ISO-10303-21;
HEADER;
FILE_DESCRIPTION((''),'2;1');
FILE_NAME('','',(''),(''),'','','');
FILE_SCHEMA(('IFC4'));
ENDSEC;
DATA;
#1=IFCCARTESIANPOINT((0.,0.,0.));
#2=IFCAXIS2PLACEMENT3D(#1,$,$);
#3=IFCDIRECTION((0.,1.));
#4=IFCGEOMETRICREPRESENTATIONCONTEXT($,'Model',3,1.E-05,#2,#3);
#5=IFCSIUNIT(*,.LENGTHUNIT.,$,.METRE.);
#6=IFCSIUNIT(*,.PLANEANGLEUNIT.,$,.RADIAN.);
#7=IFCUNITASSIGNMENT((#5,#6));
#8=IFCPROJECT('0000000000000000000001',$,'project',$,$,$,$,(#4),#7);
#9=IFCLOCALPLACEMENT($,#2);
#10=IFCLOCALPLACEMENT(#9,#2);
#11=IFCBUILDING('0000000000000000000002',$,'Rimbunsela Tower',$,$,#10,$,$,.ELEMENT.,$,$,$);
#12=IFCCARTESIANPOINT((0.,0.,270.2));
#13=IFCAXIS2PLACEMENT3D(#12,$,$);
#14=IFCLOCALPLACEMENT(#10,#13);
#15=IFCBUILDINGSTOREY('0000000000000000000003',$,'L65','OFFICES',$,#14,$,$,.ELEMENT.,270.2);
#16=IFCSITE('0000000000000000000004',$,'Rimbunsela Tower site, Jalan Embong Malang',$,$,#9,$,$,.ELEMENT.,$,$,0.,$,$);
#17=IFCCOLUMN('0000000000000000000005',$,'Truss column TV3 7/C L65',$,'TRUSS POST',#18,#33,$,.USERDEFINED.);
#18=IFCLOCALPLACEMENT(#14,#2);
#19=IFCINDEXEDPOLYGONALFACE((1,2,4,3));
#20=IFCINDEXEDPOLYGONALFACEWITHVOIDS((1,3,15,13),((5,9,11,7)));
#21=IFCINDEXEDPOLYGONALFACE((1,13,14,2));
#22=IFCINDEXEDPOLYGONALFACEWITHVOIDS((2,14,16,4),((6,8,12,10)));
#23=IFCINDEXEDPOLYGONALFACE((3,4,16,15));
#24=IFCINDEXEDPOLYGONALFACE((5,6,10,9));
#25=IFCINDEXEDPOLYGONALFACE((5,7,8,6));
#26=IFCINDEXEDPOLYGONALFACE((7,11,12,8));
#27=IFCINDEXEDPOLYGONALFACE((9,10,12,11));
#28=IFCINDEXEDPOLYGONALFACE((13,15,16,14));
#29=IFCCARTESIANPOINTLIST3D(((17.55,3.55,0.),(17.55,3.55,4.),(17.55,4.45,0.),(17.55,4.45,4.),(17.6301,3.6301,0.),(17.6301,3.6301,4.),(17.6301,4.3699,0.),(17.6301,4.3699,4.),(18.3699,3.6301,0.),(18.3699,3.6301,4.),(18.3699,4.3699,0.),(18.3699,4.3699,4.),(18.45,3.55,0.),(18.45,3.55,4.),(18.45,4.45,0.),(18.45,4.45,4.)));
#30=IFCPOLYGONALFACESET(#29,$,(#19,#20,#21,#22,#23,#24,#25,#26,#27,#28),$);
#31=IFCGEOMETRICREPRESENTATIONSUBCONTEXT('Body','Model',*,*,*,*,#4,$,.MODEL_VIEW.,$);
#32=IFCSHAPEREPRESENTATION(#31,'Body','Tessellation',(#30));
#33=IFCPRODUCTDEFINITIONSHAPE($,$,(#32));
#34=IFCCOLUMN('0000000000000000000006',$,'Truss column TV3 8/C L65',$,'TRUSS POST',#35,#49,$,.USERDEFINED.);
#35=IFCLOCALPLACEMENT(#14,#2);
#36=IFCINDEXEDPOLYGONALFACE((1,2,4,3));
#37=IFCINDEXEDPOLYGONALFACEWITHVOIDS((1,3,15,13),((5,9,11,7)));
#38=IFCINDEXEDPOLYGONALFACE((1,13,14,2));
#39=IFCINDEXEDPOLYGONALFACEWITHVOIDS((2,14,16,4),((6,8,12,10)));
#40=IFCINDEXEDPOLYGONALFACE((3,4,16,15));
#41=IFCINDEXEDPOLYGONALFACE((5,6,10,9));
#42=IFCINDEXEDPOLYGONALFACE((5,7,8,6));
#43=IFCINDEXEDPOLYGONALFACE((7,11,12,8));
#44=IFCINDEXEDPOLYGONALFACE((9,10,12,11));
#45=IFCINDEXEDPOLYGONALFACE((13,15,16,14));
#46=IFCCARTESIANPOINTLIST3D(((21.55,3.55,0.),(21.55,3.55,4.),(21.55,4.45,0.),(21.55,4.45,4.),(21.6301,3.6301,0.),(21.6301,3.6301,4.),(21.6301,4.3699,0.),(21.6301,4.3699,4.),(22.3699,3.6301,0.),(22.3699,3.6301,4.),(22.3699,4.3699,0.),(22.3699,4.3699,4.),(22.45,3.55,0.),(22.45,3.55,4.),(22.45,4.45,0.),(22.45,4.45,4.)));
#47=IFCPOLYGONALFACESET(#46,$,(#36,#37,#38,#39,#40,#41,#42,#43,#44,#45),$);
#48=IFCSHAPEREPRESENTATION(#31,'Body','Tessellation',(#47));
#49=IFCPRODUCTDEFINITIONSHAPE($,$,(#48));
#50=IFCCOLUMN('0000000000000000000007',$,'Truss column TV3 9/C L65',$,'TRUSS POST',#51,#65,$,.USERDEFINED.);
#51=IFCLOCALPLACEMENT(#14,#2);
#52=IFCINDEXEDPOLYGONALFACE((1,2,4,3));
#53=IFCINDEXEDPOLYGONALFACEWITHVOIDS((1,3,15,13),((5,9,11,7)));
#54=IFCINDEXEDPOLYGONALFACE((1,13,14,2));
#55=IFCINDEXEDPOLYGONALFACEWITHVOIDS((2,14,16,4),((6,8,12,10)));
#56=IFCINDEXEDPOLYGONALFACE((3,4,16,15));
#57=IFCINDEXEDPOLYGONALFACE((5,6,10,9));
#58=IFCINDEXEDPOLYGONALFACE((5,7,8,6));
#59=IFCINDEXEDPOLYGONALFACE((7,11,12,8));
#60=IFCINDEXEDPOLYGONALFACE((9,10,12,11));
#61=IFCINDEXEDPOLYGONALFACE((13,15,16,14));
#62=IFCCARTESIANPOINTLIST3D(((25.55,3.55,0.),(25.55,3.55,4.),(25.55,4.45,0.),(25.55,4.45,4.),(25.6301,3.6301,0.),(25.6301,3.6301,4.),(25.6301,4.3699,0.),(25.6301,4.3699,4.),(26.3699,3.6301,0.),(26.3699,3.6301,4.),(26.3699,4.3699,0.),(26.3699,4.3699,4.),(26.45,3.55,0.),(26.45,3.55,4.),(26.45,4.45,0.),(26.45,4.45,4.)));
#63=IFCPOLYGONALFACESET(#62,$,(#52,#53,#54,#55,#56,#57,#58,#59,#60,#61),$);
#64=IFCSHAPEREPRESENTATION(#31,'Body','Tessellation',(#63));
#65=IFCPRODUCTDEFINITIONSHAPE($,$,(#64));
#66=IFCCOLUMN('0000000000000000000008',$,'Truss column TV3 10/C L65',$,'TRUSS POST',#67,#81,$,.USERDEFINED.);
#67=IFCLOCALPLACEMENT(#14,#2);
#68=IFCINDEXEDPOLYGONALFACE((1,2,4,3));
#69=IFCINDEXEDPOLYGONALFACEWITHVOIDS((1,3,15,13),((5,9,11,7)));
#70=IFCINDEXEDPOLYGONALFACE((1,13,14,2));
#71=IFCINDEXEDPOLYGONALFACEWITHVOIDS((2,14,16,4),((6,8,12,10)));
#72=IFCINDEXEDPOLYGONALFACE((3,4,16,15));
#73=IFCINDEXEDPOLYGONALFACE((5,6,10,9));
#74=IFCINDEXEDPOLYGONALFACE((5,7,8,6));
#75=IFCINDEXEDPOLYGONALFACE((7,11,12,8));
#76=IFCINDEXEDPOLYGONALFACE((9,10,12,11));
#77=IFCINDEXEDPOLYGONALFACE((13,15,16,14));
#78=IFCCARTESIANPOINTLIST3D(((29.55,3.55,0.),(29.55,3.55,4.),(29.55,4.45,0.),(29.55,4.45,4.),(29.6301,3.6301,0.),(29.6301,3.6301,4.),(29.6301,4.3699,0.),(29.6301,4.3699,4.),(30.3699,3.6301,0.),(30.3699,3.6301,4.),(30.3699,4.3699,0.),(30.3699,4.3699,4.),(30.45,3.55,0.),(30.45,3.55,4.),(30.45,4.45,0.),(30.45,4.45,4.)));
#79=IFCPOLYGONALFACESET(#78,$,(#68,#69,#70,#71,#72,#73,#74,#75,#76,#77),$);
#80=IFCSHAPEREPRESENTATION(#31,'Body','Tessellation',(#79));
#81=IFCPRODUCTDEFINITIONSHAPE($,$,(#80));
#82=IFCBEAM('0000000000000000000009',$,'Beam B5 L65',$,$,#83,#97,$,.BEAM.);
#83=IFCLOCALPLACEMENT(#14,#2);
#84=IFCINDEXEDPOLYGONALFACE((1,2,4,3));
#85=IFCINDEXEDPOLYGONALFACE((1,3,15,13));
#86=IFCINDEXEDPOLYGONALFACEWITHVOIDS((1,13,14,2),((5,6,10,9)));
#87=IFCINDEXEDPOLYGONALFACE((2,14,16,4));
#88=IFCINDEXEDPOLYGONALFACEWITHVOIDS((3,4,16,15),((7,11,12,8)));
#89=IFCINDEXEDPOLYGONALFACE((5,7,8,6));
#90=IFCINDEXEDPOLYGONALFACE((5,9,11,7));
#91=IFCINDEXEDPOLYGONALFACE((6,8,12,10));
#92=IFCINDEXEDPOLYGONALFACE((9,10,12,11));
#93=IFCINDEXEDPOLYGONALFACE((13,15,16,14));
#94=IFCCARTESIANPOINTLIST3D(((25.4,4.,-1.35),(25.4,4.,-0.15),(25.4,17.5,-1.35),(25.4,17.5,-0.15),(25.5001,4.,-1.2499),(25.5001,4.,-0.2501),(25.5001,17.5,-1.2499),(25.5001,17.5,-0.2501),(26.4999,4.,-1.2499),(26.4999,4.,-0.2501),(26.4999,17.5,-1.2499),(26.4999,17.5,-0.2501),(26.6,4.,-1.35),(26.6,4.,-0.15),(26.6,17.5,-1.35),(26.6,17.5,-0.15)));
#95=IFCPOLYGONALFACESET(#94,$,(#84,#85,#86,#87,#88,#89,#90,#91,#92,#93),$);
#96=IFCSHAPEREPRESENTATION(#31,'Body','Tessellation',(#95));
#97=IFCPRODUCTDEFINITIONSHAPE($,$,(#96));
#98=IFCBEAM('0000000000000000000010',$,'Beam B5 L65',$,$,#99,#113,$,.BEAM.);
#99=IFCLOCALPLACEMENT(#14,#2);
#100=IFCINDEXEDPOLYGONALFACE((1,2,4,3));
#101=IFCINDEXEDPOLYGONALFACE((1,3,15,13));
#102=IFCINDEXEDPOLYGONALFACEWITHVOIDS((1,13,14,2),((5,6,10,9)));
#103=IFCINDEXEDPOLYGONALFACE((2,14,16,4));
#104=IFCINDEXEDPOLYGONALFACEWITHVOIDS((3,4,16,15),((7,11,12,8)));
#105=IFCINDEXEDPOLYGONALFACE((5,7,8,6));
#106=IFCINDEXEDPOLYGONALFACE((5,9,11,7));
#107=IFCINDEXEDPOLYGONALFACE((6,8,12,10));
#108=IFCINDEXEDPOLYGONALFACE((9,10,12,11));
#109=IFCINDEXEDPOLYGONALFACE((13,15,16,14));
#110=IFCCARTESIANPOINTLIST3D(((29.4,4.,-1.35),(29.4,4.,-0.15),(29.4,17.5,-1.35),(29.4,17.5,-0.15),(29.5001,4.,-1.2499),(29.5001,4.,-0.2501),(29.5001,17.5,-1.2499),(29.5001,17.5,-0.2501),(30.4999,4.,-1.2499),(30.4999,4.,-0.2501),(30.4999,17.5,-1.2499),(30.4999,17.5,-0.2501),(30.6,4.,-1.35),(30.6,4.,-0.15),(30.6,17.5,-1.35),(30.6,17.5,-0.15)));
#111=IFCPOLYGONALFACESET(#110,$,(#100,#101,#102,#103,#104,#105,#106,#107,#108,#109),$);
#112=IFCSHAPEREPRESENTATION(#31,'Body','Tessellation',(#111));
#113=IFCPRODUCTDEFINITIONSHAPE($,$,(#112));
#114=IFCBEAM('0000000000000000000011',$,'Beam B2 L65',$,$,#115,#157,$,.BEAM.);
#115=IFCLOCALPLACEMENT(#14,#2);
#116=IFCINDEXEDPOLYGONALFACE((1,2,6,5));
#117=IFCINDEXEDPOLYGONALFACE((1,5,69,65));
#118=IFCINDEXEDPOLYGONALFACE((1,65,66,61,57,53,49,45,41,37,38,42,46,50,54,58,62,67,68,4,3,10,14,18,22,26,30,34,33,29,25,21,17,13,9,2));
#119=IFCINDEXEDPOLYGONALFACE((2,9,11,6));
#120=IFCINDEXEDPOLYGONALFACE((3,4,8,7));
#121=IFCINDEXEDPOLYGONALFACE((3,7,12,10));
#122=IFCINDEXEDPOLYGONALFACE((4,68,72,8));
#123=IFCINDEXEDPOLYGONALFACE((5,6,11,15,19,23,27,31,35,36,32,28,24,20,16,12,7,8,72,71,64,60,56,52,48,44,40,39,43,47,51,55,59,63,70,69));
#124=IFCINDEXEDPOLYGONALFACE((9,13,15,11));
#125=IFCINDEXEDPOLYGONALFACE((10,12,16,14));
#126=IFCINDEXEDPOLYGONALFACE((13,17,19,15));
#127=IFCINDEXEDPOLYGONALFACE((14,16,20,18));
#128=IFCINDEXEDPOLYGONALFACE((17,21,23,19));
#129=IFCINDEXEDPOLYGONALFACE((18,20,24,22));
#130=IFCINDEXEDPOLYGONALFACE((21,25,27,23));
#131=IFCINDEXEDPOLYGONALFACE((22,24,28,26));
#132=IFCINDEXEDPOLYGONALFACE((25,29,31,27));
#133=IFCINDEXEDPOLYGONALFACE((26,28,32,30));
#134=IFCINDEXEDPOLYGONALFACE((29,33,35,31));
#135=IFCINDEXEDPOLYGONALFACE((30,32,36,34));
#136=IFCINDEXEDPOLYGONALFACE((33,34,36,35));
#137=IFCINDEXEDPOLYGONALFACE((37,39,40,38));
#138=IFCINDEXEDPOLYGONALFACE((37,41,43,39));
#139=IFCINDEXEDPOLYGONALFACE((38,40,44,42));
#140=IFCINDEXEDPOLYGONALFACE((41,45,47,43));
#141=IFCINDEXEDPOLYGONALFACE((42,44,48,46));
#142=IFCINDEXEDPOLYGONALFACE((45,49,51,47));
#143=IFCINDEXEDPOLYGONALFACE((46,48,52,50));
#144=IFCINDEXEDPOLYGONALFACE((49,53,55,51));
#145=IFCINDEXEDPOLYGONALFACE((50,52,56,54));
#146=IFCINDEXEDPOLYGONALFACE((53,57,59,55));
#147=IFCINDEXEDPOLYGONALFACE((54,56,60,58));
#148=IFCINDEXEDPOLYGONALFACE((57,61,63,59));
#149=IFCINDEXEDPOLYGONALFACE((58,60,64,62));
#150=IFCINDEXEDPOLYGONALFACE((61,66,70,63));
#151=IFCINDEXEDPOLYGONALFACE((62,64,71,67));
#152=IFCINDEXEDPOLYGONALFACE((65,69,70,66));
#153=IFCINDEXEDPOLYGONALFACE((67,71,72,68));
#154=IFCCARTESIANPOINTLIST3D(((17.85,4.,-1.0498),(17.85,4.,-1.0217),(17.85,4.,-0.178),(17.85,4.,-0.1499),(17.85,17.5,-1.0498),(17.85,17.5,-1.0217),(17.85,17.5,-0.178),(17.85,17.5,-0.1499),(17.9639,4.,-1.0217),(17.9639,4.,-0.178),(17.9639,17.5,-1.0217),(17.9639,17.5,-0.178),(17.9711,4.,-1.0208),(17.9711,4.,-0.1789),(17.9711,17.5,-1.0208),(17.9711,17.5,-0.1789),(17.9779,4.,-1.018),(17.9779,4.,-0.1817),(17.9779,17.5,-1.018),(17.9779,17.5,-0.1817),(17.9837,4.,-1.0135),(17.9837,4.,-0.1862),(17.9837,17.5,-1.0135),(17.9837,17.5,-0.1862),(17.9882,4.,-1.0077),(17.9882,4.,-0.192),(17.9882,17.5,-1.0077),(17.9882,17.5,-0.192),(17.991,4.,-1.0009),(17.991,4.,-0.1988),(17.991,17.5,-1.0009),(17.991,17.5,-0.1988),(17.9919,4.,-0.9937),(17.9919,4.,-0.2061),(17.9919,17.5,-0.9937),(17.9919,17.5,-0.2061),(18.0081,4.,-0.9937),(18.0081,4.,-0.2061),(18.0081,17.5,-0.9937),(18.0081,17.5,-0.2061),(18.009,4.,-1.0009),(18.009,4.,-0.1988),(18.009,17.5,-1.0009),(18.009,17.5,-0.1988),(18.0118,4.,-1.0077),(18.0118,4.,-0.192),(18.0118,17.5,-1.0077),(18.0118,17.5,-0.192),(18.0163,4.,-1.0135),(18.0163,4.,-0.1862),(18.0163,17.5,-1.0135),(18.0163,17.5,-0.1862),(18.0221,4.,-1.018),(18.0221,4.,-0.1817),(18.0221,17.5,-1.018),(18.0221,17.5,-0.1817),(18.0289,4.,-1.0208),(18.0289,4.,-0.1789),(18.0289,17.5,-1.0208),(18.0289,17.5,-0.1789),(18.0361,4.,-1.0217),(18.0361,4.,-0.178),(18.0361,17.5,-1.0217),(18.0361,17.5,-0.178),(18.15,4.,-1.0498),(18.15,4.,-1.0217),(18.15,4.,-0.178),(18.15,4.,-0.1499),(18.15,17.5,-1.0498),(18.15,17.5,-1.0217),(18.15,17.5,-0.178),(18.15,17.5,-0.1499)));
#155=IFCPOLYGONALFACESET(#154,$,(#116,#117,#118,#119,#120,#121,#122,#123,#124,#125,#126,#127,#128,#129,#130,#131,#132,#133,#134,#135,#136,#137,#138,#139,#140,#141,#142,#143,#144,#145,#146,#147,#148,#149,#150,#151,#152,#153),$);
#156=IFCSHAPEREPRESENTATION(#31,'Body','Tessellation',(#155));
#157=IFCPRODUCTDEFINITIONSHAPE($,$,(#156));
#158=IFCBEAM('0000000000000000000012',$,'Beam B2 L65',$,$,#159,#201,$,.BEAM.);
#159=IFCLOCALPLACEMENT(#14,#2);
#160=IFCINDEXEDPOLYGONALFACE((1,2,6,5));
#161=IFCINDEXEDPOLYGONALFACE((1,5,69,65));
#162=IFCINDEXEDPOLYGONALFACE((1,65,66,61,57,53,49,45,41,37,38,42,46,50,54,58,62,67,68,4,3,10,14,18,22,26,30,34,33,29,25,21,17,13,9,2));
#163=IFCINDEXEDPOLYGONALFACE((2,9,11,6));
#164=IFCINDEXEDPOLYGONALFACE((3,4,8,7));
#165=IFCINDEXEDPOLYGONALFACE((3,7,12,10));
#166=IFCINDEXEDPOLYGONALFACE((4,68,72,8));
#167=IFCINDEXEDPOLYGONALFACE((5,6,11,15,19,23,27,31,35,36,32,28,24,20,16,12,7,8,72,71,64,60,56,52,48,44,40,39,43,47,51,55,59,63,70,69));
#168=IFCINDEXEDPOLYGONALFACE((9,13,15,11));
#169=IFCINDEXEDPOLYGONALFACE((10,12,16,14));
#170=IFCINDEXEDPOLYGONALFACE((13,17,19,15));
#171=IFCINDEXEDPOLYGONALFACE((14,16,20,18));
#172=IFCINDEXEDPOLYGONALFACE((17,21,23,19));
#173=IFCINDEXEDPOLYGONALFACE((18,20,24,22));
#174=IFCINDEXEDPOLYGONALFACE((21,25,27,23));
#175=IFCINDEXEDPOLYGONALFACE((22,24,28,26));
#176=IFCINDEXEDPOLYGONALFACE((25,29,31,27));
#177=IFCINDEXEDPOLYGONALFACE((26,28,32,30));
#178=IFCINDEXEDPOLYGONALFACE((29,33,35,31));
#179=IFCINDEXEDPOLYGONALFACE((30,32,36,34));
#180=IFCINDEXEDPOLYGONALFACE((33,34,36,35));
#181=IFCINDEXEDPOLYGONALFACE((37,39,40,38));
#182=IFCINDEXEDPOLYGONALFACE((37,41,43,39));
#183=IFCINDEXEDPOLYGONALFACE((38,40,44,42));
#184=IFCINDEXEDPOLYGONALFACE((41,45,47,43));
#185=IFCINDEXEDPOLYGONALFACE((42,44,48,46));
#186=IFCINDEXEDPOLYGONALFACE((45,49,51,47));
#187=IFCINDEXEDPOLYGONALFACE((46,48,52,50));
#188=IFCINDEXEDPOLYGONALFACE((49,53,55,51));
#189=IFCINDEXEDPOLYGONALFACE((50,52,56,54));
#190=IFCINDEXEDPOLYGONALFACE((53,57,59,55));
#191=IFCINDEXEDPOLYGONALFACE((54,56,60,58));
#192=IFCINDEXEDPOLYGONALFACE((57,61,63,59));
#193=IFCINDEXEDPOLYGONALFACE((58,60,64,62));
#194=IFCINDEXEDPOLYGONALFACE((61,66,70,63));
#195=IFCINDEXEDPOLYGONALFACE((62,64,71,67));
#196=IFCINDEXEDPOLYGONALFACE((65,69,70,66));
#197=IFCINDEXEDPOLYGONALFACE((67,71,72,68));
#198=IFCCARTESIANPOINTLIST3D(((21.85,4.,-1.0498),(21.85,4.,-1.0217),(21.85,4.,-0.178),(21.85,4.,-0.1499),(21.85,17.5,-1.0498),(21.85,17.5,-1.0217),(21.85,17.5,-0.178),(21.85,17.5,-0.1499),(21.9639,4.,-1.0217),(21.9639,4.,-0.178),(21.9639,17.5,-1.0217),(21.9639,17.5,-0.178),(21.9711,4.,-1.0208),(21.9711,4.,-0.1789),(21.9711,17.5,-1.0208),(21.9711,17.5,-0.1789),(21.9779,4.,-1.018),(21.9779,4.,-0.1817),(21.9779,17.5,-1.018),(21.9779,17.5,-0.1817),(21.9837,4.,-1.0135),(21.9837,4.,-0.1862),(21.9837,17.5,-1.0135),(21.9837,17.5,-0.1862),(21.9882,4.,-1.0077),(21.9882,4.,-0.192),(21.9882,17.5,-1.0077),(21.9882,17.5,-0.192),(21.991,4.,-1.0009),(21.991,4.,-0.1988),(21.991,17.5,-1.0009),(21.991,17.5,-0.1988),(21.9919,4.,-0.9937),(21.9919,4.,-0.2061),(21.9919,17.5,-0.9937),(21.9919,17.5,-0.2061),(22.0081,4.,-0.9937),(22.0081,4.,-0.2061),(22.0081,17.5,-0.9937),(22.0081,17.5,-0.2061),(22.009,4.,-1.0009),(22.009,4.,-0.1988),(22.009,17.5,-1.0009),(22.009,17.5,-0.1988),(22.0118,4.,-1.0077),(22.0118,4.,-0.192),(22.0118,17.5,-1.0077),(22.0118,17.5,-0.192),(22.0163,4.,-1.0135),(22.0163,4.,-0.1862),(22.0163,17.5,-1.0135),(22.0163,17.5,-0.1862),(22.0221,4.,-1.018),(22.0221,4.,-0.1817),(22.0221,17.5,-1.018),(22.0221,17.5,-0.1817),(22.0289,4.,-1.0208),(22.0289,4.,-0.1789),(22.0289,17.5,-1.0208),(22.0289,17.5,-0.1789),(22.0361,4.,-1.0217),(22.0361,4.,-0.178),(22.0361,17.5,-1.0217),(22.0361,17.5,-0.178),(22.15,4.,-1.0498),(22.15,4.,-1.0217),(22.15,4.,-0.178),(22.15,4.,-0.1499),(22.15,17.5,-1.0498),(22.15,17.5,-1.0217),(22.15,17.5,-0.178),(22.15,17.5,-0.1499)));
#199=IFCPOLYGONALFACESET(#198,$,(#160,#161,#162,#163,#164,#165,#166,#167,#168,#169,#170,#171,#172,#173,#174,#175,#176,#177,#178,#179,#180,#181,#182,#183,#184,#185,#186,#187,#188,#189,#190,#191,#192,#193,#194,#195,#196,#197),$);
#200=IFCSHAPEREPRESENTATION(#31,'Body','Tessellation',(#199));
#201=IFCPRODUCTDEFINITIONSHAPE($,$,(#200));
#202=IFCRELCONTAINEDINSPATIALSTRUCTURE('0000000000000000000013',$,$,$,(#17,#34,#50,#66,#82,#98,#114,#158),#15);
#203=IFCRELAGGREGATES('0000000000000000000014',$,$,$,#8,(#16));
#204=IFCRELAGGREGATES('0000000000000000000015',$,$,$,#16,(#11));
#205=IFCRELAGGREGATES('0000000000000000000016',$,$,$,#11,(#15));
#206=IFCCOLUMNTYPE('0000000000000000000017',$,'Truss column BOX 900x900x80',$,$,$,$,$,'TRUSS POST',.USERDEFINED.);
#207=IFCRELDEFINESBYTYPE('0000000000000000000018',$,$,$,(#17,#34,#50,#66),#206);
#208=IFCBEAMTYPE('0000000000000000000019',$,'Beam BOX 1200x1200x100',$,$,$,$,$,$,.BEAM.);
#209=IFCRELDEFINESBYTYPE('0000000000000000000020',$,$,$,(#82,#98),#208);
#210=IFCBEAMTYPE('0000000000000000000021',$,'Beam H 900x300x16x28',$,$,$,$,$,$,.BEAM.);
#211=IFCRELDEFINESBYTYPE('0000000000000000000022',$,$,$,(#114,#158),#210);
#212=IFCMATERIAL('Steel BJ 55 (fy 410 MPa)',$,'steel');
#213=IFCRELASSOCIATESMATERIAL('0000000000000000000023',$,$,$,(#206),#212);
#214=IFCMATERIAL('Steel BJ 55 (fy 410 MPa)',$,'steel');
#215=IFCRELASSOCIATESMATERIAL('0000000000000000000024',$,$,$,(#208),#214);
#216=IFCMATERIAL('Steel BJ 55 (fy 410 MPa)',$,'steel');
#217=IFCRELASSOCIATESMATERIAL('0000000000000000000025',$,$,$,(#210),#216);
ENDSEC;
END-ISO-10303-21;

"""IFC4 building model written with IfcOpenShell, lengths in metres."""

from ifc_helpers import new_model, si_unit, direction, frame, origin, origin_2d, place, context, subcontext, project, spatial, hollow_rectangle, i_section, extrude, material, material_profile, profile_set, type_object, element, save


model = new_model("IFC4")

# Units and contexts
model_context = context("Model", 3, precision=1e-05, world=origin(), true_north=direction((0.0, 1.0)))
body_context = subcontext(model_context, "Body", "Model", "MODEL_VIEW")
ifc_project = project(units=[si_unit("LENGTHUNIT", "METRE"), si_unit("PLANEANGLEUNIT", "RADIAN")], contexts=[model_context])

# Site, building, storey
site_placement = place(None, origin())
site = spatial("IfcSite", under=ifc_project, at=site_placement, Name="Rimbunsela Tower site, Jalan Embong Malang", CompositionType="ELEMENT", RefElevation=0.0)
building_placement = place(site_placement, origin())
building = spatial("IfcBuilding", under=site, at=building_placement, Name="Rimbunsela Tower", CompositionType="ELEMENT")
storey_placement = place(building_placement, frame((0.0, 0.0, 270.2)))
storey = spatial("IfcBuildingStorey", under=building, at=storey_placement, Name="L65", Description="OFFICES", CompositionType="ELEMENT", Elevation=270.2)

# Columns
ifc_material_1 = material(Name="Steel BJ 55 (fy 410 MPa)", Category="steel")
ifc_material_profile_1 = material_profile(ifc_material_1, hollow_rectangle(XDim=0.8999, YDim=0.8999, WallThickness=0.0801, at=origin_2d()), Name="BOX 900x900x80")
ifc_profile_set_1 = profile_set([ifc_material_profile_1], Name="Steel BJ 55 (fy 410 MPa)")
column_type = type_object("IfcColumnType", Name="Truss column BOX 900x900x80", ElementType="TRUSS POST", PredefinedType="USERDEFINED", material=ifc_profile_set_1)
for number, where, z_axis, x_axis, name in (
    (1, (18.0, 4.0, 0.0), (0.0, 0.0, 1.0), (1.0, 0.0, 0.0), "Truss column TV3 7/C L65"),
    (2, (22.0, 4.0, 0.0), (0.0, 0.0, 1.0), (1.0, 0.0, 0.0), "Truss column TV3 8/C L65"),
    (3, (26.0, 4.0, 0.0), (0.0, 0.0, 1.0), (1.0, 0.0, 0.0), "Truss column TV3 9/C L65"),
    (4, (30.0, 4.0, 0.0), (0.0, 0.0, 1.0), (1.0, 0.0, 0.0), "Truss column TV3 10/C L65"),
):
    element("IfcColumn", number, at=place(storey_placement, frame(where, z_axis=z_axis, x_axis=x_axis)), inside=storey, type_object=column_type, Name=name, ObjectType="TRUSS POST", PredefinedType="USERDEFINED", context=body_context, shape_type="SweptSolid", body=[
        extrude(hollow_rectangle(XDim=0.8999, YDim=0.8999, WallThickness=0.0801, at=origin_2d()), origin(), (0.0, 0.0, 1.0), 4.0),
    ])

# Beams
ifc_material_2 = material(Name="Steel BJ 55 (fy 410 MPa)", Category="steel")
ifc_material_profile_2 = material_profile(ifc_material_2, hollow_rectangle(XDim=1.2, YDim=1.2, WallThickness=0.1001, at=origin_2d()), Name="BOX 1200x1200x100")
ifc_profile_set_2 = profile_set([ifc_material_profile_2], Name="Steel BJ 55 (fy 410 MPa)")
beam_type_1 = type_object("IfcBeamType", Name="Beam BOX 1200x1200x100", PredefinedType="BEAM", material=ifc_profile_set_2)
for number, where, z_axis, x_axis, name in (
    (5, (26.0, 4.0, -0.75), (0.0, 1.0, 0.0), (-1.0, 0.0, 0.0), "Beam B5 L65"),
    (6, (30.0, 4.0, -0.75), (0.0, 1.0, 0.0), (-1.0, 0.0, 0.0), "Beam B5 L65"),
):
    element("IfcBeam", number, at=place(storey_placement, frame(where, z_axis=z_axis, x_axis=x_axis)), inside=storey, type_object=beam_type_1, Name=name, PredefinedType="BEAM", context=body_context, shape_type="SweptSolid", body=[
        extrude(hollow_rectangle(XDim=1.2, YDim=1.2, WallThickness=0.1001, at=origin_2d()), origin(), (0.0, 0.0, 1.0), 13.5),
    ])
ifc_material_3 = material(Name="Steel BJ 55 (fy 410 MPa)", Category="steel")
ifc_material_profile_3 = material_profile(ifc_material_3, i_section(OverallWidth=0.3, OverallDepth=0.8999, WebThickness=0.0161, FlangeThickness=0.0281, FilletRadius=0.0281, at=origin_2d()), Name="H 900x300x16x28")
ifc_profile_set_3 = profile_set([ifc_material_profile_3], Name="Steel BJ 55 (fy 410 MPa)")
beam_type_2 = type_object("IfcBeamType", Name="Beam H 900x300x16x28", PredefinedType="BEAM", material=ifc_profile_set_3)
for number, where, z_axis, x_axis, name in (
    (7, (18.0, 4.0, -0.5999), (0.0, 1.0, 0.0), (-1.0, 0.0, 0.0), "Beam B2 L65"),
    (8, (22.0, 4.0, -0.5999), (0.0, 1.0, 0.0), (-1.0, 0.0, 0.0), "Beam B2 L65"),
):
    element("IfcBeam", number, at=place(storey_placement, frame(where, z_axis=z_axis, x_axis=x_axis)), inside=storey, type_object=beam_type_2, Name=name, PredefinedType="BEAM", context=body_context, shape_type="SweptSolid", body=[
        extrude(i_section(OverallWidth=0.3, OverallDepth=0.8999, WebThickness=0.0161, FlangeThickness=0.0281, FilletRadius=0.0281, at=origin_2d()), origin(), (0.0, 0.0, 1.0), 13.5),
    ])

save(model, "model.ifc")
